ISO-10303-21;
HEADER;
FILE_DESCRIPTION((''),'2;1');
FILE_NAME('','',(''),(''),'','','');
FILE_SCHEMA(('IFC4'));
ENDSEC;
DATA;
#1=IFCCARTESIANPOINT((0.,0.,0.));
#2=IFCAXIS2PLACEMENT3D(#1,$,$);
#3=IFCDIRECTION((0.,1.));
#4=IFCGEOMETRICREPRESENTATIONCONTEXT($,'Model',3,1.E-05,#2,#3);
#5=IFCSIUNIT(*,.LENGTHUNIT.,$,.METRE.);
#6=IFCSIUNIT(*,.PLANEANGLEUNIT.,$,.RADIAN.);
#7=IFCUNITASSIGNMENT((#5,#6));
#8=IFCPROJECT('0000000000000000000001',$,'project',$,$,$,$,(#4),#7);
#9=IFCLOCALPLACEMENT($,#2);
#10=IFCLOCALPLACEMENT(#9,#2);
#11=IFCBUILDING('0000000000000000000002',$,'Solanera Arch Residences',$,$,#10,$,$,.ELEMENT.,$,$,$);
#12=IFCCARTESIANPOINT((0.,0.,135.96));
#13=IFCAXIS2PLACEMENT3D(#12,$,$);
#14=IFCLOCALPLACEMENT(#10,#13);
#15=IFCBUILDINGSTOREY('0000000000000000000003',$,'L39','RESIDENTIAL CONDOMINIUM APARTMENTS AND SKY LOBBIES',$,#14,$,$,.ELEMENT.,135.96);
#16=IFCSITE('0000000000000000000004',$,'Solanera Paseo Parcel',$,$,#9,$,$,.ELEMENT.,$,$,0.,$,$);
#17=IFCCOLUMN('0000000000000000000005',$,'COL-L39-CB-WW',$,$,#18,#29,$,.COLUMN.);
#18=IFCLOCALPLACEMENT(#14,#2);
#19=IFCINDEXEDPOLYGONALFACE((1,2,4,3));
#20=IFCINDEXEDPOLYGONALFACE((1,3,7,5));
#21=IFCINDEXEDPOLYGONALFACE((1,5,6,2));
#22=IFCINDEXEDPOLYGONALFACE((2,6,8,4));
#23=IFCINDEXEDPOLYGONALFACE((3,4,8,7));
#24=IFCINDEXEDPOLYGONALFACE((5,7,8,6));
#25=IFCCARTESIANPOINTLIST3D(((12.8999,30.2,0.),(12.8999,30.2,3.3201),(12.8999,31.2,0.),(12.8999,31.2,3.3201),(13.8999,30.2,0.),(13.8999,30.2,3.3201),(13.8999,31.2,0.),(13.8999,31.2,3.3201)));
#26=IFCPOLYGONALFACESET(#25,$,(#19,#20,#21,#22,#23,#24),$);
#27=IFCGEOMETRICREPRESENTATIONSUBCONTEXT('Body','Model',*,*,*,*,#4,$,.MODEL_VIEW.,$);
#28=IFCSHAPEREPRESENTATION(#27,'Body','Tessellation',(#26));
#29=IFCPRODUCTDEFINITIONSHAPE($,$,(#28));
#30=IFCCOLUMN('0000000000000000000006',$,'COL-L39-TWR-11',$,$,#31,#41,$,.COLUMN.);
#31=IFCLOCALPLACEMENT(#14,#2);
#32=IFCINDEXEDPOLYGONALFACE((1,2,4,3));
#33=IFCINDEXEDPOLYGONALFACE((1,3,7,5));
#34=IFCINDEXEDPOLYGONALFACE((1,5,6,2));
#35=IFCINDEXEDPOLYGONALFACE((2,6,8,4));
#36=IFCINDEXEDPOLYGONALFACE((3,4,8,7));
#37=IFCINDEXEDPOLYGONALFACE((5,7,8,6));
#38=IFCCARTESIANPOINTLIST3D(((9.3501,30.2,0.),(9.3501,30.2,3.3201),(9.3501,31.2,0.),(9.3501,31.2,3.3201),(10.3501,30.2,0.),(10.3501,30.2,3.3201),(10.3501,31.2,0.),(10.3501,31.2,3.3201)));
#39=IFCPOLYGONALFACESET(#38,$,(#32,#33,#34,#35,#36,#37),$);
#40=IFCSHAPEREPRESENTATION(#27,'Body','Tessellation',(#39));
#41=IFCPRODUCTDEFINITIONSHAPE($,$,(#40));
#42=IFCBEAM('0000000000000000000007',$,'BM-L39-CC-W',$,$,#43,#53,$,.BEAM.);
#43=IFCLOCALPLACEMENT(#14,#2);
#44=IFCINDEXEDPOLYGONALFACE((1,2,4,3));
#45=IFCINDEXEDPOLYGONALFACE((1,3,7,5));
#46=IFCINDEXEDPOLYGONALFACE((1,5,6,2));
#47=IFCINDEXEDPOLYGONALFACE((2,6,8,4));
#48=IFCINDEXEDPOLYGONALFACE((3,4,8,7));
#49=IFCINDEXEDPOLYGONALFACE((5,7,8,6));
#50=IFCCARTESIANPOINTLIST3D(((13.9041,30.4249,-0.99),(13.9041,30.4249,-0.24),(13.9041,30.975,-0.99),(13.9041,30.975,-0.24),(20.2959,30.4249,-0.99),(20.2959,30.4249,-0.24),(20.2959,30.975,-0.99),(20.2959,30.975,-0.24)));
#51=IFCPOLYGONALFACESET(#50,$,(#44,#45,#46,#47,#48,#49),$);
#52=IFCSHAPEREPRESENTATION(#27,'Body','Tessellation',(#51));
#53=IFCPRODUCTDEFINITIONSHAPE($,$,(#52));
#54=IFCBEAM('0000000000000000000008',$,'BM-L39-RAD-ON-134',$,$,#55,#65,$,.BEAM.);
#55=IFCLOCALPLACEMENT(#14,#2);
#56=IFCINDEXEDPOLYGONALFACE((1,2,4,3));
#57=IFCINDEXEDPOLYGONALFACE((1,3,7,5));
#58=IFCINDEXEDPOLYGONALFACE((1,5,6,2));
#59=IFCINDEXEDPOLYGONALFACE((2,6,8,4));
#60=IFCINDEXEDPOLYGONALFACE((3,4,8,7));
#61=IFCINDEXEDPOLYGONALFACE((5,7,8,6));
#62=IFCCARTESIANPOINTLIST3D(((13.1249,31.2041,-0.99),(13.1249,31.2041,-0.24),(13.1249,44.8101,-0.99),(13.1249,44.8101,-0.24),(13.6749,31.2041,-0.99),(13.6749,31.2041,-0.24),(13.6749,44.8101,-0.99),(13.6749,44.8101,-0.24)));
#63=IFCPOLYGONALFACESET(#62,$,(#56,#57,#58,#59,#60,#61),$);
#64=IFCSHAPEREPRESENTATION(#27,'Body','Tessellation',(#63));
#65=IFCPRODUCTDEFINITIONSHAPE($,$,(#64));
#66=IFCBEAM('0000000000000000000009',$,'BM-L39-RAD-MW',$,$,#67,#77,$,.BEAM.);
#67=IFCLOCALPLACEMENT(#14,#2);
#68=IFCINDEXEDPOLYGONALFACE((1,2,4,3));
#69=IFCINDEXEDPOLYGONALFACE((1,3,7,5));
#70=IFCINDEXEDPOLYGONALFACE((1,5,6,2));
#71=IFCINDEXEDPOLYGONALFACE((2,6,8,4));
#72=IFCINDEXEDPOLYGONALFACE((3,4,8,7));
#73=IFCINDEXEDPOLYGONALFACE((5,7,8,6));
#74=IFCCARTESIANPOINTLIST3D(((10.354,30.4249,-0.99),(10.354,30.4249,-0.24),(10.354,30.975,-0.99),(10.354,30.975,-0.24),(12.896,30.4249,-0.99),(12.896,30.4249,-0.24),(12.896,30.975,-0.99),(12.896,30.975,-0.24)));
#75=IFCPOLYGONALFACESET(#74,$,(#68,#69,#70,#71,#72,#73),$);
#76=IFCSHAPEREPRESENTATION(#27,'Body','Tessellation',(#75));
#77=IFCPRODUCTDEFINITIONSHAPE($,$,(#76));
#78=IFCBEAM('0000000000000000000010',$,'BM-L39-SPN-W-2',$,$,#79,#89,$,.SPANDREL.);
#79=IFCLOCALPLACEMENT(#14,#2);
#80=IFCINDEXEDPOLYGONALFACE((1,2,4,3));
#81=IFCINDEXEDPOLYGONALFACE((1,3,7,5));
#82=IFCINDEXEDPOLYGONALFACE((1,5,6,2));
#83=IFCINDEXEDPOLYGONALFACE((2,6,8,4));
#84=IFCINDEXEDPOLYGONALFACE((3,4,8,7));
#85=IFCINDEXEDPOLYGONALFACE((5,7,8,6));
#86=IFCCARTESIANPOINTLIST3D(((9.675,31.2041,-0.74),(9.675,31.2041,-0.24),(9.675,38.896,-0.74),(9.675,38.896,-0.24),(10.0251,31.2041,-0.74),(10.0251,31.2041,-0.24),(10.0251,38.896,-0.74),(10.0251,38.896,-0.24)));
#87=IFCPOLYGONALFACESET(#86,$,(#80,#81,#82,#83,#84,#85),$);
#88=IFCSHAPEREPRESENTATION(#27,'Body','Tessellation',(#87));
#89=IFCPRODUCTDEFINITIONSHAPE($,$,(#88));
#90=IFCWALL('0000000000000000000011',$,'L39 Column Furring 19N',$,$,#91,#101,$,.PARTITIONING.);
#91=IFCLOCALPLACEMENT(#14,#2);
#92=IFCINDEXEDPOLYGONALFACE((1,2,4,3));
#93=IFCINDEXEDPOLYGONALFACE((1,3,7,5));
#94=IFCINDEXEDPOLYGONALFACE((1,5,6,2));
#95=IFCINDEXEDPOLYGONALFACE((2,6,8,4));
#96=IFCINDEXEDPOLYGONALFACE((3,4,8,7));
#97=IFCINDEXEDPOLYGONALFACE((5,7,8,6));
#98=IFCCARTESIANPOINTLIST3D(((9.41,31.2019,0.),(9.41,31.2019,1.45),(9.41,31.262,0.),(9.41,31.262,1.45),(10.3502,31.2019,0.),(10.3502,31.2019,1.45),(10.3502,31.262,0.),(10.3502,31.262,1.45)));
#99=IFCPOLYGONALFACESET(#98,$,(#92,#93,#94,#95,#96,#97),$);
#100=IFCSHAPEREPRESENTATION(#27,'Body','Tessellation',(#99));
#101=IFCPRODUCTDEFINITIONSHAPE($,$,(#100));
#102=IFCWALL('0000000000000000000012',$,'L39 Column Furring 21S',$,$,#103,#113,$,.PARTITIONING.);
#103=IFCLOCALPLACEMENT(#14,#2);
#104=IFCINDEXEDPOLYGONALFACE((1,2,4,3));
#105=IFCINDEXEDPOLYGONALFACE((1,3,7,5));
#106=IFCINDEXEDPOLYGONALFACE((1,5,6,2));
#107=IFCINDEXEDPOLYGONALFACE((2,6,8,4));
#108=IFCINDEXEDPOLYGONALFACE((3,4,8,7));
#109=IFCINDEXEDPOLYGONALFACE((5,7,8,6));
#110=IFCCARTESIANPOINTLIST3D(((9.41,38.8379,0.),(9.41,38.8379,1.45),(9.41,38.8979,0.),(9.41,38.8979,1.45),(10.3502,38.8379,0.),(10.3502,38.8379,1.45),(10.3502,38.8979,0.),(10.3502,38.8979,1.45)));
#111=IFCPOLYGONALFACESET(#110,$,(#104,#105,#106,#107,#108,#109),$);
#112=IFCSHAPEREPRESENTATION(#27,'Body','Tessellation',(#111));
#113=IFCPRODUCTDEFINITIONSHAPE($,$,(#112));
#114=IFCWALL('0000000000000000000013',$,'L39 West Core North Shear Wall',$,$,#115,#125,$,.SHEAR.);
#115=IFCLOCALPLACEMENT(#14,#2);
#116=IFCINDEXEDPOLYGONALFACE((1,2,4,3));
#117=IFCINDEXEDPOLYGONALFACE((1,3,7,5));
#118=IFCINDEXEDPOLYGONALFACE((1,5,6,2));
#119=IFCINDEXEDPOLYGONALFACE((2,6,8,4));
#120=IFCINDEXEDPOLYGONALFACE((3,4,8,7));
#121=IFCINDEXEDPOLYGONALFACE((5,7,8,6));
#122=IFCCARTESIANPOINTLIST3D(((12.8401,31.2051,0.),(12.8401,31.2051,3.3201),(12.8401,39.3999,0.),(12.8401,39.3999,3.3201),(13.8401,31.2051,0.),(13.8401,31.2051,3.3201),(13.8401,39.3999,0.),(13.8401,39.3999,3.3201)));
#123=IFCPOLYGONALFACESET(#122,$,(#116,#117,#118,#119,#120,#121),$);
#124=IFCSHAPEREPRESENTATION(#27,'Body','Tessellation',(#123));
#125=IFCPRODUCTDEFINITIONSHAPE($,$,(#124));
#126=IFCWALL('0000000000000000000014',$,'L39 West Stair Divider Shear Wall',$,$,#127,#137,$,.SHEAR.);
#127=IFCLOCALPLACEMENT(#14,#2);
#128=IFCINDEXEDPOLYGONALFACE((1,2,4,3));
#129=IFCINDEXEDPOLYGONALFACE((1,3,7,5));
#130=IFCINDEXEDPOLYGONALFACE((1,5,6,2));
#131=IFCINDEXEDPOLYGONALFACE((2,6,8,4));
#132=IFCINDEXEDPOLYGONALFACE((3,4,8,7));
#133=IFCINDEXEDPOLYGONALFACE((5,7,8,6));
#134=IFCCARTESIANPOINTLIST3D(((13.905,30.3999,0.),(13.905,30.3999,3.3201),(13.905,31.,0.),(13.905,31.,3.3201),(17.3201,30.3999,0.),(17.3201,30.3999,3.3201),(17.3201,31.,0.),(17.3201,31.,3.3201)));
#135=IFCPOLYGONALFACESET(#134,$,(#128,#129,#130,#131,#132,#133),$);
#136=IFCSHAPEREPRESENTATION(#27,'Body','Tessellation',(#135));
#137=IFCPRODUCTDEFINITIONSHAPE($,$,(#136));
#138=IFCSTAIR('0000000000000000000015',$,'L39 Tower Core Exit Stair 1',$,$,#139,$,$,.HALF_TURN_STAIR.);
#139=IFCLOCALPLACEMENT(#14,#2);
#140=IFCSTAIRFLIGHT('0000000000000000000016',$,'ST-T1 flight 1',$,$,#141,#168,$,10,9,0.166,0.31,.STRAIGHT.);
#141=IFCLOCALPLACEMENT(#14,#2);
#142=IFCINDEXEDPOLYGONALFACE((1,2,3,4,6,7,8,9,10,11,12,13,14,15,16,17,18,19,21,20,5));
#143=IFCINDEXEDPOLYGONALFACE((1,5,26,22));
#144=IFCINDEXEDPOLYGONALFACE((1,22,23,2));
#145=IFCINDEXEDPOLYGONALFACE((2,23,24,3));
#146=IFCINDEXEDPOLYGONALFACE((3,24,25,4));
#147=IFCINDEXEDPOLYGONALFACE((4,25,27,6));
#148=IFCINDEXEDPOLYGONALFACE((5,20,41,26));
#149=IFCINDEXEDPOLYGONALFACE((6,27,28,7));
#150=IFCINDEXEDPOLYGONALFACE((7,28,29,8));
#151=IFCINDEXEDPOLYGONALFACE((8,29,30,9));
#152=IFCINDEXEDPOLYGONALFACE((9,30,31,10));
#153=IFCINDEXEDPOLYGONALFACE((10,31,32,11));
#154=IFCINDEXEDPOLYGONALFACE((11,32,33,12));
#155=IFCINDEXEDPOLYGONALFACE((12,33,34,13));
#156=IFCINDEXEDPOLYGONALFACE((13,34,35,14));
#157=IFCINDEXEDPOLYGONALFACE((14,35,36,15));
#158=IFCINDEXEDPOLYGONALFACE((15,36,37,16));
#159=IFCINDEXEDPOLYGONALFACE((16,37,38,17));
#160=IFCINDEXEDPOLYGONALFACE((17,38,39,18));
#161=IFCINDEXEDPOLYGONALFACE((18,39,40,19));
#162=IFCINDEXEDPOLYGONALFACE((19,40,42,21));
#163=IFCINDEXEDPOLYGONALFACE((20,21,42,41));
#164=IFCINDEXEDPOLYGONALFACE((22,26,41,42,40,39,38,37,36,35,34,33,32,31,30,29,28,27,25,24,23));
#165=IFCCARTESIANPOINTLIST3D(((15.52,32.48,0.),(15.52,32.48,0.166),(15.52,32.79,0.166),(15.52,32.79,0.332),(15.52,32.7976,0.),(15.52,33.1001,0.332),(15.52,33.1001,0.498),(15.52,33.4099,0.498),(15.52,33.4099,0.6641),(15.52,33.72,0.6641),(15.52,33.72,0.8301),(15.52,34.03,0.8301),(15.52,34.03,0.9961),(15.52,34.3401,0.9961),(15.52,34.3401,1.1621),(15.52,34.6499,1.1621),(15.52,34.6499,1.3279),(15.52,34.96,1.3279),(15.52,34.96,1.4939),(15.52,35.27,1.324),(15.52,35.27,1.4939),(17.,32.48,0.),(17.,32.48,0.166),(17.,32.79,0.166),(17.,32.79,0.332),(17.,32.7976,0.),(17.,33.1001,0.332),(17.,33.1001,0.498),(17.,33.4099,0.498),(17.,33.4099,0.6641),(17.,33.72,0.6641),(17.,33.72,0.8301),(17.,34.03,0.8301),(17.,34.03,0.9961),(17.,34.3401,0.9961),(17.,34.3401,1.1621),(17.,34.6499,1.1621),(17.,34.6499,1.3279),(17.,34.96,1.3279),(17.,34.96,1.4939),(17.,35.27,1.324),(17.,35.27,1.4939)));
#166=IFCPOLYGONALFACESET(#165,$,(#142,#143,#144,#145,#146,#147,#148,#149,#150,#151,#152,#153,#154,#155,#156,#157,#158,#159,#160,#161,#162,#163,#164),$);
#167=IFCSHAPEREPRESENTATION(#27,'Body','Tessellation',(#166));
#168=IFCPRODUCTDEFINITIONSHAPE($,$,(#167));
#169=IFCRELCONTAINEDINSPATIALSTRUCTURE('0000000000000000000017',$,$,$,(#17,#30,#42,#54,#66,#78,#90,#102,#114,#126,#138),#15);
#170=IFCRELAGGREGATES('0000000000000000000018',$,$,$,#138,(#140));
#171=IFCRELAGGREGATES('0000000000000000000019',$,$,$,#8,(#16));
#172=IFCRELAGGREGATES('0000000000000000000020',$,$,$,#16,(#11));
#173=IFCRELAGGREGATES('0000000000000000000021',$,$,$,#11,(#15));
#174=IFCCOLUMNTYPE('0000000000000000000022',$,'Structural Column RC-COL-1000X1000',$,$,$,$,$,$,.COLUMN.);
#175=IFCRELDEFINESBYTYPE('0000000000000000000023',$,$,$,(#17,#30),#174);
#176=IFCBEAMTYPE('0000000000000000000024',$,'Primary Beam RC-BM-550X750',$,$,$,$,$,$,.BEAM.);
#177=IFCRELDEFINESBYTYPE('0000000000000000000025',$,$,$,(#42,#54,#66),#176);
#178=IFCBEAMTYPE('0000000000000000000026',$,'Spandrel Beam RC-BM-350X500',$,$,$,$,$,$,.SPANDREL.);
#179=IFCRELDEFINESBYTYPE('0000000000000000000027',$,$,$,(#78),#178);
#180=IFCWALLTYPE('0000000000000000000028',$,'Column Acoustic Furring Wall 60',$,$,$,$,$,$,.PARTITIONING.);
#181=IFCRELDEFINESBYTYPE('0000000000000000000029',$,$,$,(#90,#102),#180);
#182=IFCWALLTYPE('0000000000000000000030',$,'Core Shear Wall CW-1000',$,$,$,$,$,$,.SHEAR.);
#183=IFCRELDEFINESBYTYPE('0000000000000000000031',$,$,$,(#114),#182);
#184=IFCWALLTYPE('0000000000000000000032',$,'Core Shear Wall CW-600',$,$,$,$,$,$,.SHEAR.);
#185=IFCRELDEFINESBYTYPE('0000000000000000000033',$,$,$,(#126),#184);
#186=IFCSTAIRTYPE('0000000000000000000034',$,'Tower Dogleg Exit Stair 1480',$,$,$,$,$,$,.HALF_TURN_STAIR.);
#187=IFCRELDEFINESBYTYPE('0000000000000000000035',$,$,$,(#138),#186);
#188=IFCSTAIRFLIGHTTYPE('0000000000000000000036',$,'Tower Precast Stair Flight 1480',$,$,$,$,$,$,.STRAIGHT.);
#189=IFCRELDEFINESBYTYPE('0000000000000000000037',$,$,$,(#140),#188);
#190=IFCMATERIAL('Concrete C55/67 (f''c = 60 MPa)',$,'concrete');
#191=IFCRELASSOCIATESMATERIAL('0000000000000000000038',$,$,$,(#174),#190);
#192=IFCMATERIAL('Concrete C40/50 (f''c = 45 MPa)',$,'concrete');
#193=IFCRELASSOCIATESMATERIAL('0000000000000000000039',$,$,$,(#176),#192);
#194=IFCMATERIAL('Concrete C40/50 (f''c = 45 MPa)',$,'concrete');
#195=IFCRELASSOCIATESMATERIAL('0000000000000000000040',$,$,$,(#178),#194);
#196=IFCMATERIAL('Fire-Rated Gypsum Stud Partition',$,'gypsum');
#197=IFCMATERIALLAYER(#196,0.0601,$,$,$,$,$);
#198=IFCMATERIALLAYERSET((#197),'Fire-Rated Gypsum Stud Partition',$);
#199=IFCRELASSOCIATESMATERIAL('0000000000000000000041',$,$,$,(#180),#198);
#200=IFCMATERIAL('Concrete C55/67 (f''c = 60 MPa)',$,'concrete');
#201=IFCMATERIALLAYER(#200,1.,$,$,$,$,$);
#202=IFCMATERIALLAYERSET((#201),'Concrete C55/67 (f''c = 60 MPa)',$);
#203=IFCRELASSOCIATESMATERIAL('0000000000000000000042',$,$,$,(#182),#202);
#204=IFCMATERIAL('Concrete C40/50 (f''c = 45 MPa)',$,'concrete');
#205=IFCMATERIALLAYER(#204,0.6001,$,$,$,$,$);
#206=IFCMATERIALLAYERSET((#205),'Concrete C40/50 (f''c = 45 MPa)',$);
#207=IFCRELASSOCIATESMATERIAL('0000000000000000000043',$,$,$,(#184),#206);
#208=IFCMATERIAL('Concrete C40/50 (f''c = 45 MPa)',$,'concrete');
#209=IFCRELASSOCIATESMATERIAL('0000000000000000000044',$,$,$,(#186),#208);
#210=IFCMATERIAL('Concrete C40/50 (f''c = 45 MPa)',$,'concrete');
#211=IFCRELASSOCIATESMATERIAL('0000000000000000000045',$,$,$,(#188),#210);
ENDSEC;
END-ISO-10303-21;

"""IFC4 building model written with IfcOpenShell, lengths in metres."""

from ifc_helpers import new_model, si_unit, direction, frame, frame_2d, origin, origin_2d, place, context, subcontext, project, spatial, polyline, rectangle, outline, extrude, material, layer, layer_set, material_profile, profile_set, type_object, element, aggregate, save


model = new_model("IFC4")

# Units and contexts
model_context = context("Model", 3, precision=1e-05, world=origin(), true_north=direction((0.0, 1.0)))
body_context = subcontext(model_context, "Body", "Model", "MODEL_VIEW")
ifc_project = project(units=[si_unit("LENGTHUNIT", "METRE"), si_unit("PLANEANGLEUNIT", "RADIAN")], contexts=[model_context])

# Site, building, storey
site_placement = place(None, origin())
site = spatial("IfcSite", under=ifc_project, at=site_placement, Name="Solanera Paseo Parcel", CompositionType="ELEMENT", RefElevation=0.0)
building_placement = place(site_placement, origin())
building = spatial("IfcBuilding", under=site, at=building_placement, Name="Solanera Arch Residences", CompositionType="ELEMENT")
storey_placement = place(building_placement, frame((0.0, 0.0, 135.96)))
storey = spatial("IfcBuildingStorey", under=building, at=storey_placement, Name="L39", Description="RESIDENTIAL CONDOMINIUM APARTMENTS AND SKY LOBBIES", CompositionType="ELEMENT", Elevation=135.96)

# Columns
ifc_material_1 = material(Name="Concrete C55/67 (f'c = 60 MPa)", Category="concrete")
ifc_material_profile_1 = material_profile(ifc_material_1, rectangle(XDim=1.0, YDim=1.0, at=origin_2d()))
ifc_profile_set_1 = profile_set([ifc_material_profile_1], Name="Concrete C55/67 (f'c = 60 MPa)")
column_type = type_object("IfcColumnType", Name="Structural Column RC-COL-1000X1000", PredefinedType="COLUMN", material=ifc_profile_set_1)
for number, where, z_axis, x_axis, name in (
    (1, (13.3999, 30.7, 0.0), (0.0, 0.0, 1.0), (1.0, 0.0, 0.0), "COL-L39-CB-WW"),
    (2, (9.8501, 30.7, 0.0), (0.0, 0.0, 1.0), (1.0, 0.0, 0.0), "COL-L39-TWR-11"),
):
    element("IfcColumn", number, at=place(storey_placement, frame(where, z_axis=z_axis, x_axis=x_axis)), inside=storey, type_object=column_type, Name=name, PredefinedType="COLUMN", context=body_context, shape_type="SweptSolid", body=[
        extrude(rectangle(XDim=1.0, YDim=1.0, at=origin_2d()), origin(), (0.0, 0.0, 1.0), 3.3201),
    ])

# Beams
ifc_material_2 = material(Name="Concrete C40/50 (f'c = 45 MPa)", Category="concrete")
ifc_material_profile_2 = material_profile(ifc_material_2, rectangle(XDim=0.55, YDim=0.75, at=origin_2d()))
ifc_profile_set_2 = profile_set([ifc_material_profile_2], Name="Concrete C40/50 (f'c = 45 MPa)")
beam_type_1 = type_object("IfcBeamType", Name="Primary Beam RC-BM-550X750", PredefinedType="BEAM", material=ifc_profile_set_2)
beam_1_placement = place(storey_placement, frame((13.9041, 30.7, -0.615), z_axis=(1.0, 0.0, 0.0), x_axis=(0.0, 1.0, 0.0)))
element("IfcBeam", 3, at=beam_1_placement, inside=storey, type_object=beam_type_1, Name="BM-L39-CC-W", PredefinedType="BEAM", context=body_context, shape_type="SweptSolid", body=[
    extrude(rectangle(XDim=0.55, YDim=0.75, at=origin_2d()), origin(), (0.0, 0.0, 1.0), 6.3918),
])
beam_2_placement = place(storey_placement, frame((13.3999, 31.2041, -0.615), z_axis=(0.0, 1.0, 0.0), x_axis=(-1.0, 0.0, 0.0)))
element("IfcBeam", 4, at=beam_2_placement, inside=storey, type_object=beam_type_1, Name="BM-L39-RAD-ON-134", PredefinedType="BEAM", context=body_context, shape_type="SweptSolid", body=[
    extrude(rectangle(XDim=0.55, YDim=0.75, at=origin_2d()), origin(), (0.0, 0.0, 1.0), 13.606),
])
beam_3_placement = place(storey_placement, frame((10.354, 30.7, -0.615), z_axis=(1.0, 0.0, 0.0), x_axis=(0.0, 1.0, 0.0)))
element("IfcBeam", 5, at=beam_3_placement, inside=storey, type_object=beam_type_1, Name="BM-L39-RAD-MW", PredefinedType="BEAM", context=body_context, shape_type="SweptSolid", body=[
    extrude(rectangle(XDim=0.55, YDim=0.75, at=origin_2d()), origin(), (0.0, 0.0, 1.0), 2.542),
])
ifc_material_3 = material(Name="Concrete C40/50 (f'c = 45 MPa)", Category="concrete")
ifc_material_profile_3 = material_profile(ifc_material_3, rectangle(XDim=0.3501, YDim=0.5, at=origin_2d()))
ifc_profile_set_3 = profile_set([ifc_material_profile_3], Name="Concrete C40/50 (f'c = 45 MPa)")
beam_type_2 = type_object("IfcBeamType", Name="Spandrel Beam RC-BM-350X500", PredefinedType="SPANDREL", material=ifc_profile_set_3)
beam_4_placement = place(storey_placement, frame((9.8501, 31.2041, -0.49), z_axis=(0.0, 1.0, 0.0), x_axis=(-1.0, 0.0, 0.0)))
element("IfcBeam", 6, at=beam_4_placement, inside=storey, type_object=beam_type_2, Name="BM-L39-SPN-W-2", PredefinedType="SPANDREL", context=body_context, shape_type="SweptSolid", body=[
    extrude(rectangle(XDim=0.3501, YDim=0.5, at=origin_2d()), origin(), (0.0, 0.0, 1.0), 7.6919),
])

# Walls
ifc_material_4 = material(Name="Fire-Rated Gypsum Stud Partition", Category="gypsum")
ifc_layer_1 = layer(ifc_material_4, 0.0601)
ifc_layer_set_1 = layer_set([ifc_layer_1], Name="Fire-Rated Gypsum Stud Partition")
wall_type_1 = type_object("IfcWallType", Name="Column Acoustic Furring Wall 60", PredefinedType="PARTITIONING", material=ifc_layer_set_1)
for number, where, z_axis, x_axis, name in (
    (7, (9.4099, 31.2319, 0.0), (0.0, 0.0, 1.0), (1.0, 0.0, 0.0), "L39 Column Furring 19N"),
    (8, (9.4099, 38.8679, 0.0), (0.0, 0.0, 1.0), (1.0, 0.0, 0.0), "L39 Column Furring 21S"),
):
    element("IfcWall", number, at=place(storey_placement, frame(where, z_axis=z_axis, x_axis=x_axis)), inside=storey, type_object=wall_type_1, Name=name, PredefinedType="PARTITIONING", context=body_context, shape_type="SweptSolid", body=[
        extrude(rectangle(XDim=0.9402, YDim=0.0601, at=frame_2d((0.4702, 0.0))), origin(), (0.0, 0.0, 1.0), 1.45),
    ])
ifc_material_5 = material(Name="Concrete C55/67 (f'c = 60 MPa)", Category="concrete")
ifc_layer_2 = layer(ifc_material_5, 1.0)
ifc_layer_set_2 = layer_set([ifc_layer_2], Name="Concrete C55/67 (f'c = 60 MPa)")
wall_type_2 = type_object("IfcWallType", Name="Core Shear Wall CW-1000", PredefinedType="SHEAR", material=ifc_layer_set_2)
wall_1_placement = place(storey_placement, frame((13.3401, 31.2051, 0.0), z_axis=(0.0, 0.0, 1.0), x_axis=(0.0, 1.0, 0.0)))
element("IfcWall", 9, at=wall_1_placement, inside=storey, type_object=wall_type_2, Name="L39 West Core North Shear Wall", PredefinedType="SHEAR", context=body_context, shape_type="SweptSolid", body=[
    extrude(rectangle(XDim=8.1948, YDim=1.0, at=frame_2d((4.0974, 0.0))), origin(), (0.0, 0.0, 1.0), 3.3201),
])
ifc_material_6 = material(Name="Concrete C40/50 (f'c = 45 MPa)", Category="concrete")
ifc_layer_3 = layer(ifc_material_6, 0.6001)
ifc_layer_set_3 = layer_set([ifc_layer_3], Name="Concrete C40/50 (f'c = 45 MPa)")
wall_type_3 = type_object("IfcWallType", Name="Core Shear Wall CW-600", PredefinedType="SHEAR", material=ifc_layer_set_3)
wall_2_placement = place(storey_placement, frame((13.905, 30.7, 0.0), z_axis=(0.0, 0.0, 1.0), x_axis=(1.0, 0.0, 0.0)))
element("IfcWall", 10, at=wall_2_placement, inside=storey, type_object=wall_type_3, Name="L39 West Stair Divider Shear Wall", PredefinedType="SHEAR", context=body_context, shape_type="SweptSolid", body=[
    extrude(rectangle(XDim=3.415, YDim=0.6001, at=frame_2d((1.7075, 0.0))), origin(), (0.0, 0.0, 1.0), 3.3201),
])

# Stair, stair flight
ifc_material_7 = material(Name="Concrete C40/50 (f'c = 45 MPa)", Category="concrete")
stair_type = type_object("IfcStairType", Name="Tower Dogleg Exit Stair 1480", PredefinedType="HALF_TURN_STAIR", material=ifc_material_7)
stair_placement = place(storey_placement, origin())
stair = element("IfcStair", 11, at=stair_placement, inside=storey, type_object=stair_type, Name="L39 Tower Core Exit Stair 1", PredefinedType="HALF_TURN_STAIR")
ifc_material_8 = material(Name="Concrete C40/50 (f'c = 45 MPa)", Category="concrete")
stair_flight_type = type_object("IfcStairFlightType", Name="Tower Precast Stair Flight 1480", PredefinedType="STRAIGHT", material=ifc_material_8)
stair_flight_1_placement = place(storey_placement, frame((16.26, 32.48, 0.0), z_axis=(0.0, 0.0, 1.0), x_axis=(0.0, 1.0, 0.0)))
stair_flight_1 = element("IfcStairFlight", 12, at=stair_flight_1_placement, type_object=stair_flight_type, Name="ST-T1 flight 1", NumberOfRisers=10, NumberOfTreads=9, PredefinedType="STRAIGHT", RiserHeight=0.166, TreadLength=0.31, context=body_context, shape_type="SweptSolid", body=[
    extrude(outline(polyline([(0.0, 0.0), (0.0, 0.166), (0.3101, 0.166), (0.3101, 0.332), (0.6201, 0.332), (0.6201, 0.498), (0.9299, 0.498), (0.9299, 0.6641), (1.24, 0.6641), (1.24, 0.8301), (1.55, 0.8301), (1.55, 0.9961), (1.8601, 0.9961), (1.8601, 1.1621), (2.1699, 1.1621), (2.1699, 1.3279), (2.48, 1.3279), (2.48, 1.4939), (2.79, 1.4939), (2.79, 1.6599), (2.79, 1.324), (0.3176, 0.0), (0.0, 0.0)])), frame((0.0, 0.74, 0.0), z_axis=(0.0, -1.0, 0.0), x_axis=(1.0, 0.0, 0.0)), (0.0, 0.0, 1.0), 1.48),
])
aggregate(stair, [stair_flight_1])

save(model, "model.ifc")
